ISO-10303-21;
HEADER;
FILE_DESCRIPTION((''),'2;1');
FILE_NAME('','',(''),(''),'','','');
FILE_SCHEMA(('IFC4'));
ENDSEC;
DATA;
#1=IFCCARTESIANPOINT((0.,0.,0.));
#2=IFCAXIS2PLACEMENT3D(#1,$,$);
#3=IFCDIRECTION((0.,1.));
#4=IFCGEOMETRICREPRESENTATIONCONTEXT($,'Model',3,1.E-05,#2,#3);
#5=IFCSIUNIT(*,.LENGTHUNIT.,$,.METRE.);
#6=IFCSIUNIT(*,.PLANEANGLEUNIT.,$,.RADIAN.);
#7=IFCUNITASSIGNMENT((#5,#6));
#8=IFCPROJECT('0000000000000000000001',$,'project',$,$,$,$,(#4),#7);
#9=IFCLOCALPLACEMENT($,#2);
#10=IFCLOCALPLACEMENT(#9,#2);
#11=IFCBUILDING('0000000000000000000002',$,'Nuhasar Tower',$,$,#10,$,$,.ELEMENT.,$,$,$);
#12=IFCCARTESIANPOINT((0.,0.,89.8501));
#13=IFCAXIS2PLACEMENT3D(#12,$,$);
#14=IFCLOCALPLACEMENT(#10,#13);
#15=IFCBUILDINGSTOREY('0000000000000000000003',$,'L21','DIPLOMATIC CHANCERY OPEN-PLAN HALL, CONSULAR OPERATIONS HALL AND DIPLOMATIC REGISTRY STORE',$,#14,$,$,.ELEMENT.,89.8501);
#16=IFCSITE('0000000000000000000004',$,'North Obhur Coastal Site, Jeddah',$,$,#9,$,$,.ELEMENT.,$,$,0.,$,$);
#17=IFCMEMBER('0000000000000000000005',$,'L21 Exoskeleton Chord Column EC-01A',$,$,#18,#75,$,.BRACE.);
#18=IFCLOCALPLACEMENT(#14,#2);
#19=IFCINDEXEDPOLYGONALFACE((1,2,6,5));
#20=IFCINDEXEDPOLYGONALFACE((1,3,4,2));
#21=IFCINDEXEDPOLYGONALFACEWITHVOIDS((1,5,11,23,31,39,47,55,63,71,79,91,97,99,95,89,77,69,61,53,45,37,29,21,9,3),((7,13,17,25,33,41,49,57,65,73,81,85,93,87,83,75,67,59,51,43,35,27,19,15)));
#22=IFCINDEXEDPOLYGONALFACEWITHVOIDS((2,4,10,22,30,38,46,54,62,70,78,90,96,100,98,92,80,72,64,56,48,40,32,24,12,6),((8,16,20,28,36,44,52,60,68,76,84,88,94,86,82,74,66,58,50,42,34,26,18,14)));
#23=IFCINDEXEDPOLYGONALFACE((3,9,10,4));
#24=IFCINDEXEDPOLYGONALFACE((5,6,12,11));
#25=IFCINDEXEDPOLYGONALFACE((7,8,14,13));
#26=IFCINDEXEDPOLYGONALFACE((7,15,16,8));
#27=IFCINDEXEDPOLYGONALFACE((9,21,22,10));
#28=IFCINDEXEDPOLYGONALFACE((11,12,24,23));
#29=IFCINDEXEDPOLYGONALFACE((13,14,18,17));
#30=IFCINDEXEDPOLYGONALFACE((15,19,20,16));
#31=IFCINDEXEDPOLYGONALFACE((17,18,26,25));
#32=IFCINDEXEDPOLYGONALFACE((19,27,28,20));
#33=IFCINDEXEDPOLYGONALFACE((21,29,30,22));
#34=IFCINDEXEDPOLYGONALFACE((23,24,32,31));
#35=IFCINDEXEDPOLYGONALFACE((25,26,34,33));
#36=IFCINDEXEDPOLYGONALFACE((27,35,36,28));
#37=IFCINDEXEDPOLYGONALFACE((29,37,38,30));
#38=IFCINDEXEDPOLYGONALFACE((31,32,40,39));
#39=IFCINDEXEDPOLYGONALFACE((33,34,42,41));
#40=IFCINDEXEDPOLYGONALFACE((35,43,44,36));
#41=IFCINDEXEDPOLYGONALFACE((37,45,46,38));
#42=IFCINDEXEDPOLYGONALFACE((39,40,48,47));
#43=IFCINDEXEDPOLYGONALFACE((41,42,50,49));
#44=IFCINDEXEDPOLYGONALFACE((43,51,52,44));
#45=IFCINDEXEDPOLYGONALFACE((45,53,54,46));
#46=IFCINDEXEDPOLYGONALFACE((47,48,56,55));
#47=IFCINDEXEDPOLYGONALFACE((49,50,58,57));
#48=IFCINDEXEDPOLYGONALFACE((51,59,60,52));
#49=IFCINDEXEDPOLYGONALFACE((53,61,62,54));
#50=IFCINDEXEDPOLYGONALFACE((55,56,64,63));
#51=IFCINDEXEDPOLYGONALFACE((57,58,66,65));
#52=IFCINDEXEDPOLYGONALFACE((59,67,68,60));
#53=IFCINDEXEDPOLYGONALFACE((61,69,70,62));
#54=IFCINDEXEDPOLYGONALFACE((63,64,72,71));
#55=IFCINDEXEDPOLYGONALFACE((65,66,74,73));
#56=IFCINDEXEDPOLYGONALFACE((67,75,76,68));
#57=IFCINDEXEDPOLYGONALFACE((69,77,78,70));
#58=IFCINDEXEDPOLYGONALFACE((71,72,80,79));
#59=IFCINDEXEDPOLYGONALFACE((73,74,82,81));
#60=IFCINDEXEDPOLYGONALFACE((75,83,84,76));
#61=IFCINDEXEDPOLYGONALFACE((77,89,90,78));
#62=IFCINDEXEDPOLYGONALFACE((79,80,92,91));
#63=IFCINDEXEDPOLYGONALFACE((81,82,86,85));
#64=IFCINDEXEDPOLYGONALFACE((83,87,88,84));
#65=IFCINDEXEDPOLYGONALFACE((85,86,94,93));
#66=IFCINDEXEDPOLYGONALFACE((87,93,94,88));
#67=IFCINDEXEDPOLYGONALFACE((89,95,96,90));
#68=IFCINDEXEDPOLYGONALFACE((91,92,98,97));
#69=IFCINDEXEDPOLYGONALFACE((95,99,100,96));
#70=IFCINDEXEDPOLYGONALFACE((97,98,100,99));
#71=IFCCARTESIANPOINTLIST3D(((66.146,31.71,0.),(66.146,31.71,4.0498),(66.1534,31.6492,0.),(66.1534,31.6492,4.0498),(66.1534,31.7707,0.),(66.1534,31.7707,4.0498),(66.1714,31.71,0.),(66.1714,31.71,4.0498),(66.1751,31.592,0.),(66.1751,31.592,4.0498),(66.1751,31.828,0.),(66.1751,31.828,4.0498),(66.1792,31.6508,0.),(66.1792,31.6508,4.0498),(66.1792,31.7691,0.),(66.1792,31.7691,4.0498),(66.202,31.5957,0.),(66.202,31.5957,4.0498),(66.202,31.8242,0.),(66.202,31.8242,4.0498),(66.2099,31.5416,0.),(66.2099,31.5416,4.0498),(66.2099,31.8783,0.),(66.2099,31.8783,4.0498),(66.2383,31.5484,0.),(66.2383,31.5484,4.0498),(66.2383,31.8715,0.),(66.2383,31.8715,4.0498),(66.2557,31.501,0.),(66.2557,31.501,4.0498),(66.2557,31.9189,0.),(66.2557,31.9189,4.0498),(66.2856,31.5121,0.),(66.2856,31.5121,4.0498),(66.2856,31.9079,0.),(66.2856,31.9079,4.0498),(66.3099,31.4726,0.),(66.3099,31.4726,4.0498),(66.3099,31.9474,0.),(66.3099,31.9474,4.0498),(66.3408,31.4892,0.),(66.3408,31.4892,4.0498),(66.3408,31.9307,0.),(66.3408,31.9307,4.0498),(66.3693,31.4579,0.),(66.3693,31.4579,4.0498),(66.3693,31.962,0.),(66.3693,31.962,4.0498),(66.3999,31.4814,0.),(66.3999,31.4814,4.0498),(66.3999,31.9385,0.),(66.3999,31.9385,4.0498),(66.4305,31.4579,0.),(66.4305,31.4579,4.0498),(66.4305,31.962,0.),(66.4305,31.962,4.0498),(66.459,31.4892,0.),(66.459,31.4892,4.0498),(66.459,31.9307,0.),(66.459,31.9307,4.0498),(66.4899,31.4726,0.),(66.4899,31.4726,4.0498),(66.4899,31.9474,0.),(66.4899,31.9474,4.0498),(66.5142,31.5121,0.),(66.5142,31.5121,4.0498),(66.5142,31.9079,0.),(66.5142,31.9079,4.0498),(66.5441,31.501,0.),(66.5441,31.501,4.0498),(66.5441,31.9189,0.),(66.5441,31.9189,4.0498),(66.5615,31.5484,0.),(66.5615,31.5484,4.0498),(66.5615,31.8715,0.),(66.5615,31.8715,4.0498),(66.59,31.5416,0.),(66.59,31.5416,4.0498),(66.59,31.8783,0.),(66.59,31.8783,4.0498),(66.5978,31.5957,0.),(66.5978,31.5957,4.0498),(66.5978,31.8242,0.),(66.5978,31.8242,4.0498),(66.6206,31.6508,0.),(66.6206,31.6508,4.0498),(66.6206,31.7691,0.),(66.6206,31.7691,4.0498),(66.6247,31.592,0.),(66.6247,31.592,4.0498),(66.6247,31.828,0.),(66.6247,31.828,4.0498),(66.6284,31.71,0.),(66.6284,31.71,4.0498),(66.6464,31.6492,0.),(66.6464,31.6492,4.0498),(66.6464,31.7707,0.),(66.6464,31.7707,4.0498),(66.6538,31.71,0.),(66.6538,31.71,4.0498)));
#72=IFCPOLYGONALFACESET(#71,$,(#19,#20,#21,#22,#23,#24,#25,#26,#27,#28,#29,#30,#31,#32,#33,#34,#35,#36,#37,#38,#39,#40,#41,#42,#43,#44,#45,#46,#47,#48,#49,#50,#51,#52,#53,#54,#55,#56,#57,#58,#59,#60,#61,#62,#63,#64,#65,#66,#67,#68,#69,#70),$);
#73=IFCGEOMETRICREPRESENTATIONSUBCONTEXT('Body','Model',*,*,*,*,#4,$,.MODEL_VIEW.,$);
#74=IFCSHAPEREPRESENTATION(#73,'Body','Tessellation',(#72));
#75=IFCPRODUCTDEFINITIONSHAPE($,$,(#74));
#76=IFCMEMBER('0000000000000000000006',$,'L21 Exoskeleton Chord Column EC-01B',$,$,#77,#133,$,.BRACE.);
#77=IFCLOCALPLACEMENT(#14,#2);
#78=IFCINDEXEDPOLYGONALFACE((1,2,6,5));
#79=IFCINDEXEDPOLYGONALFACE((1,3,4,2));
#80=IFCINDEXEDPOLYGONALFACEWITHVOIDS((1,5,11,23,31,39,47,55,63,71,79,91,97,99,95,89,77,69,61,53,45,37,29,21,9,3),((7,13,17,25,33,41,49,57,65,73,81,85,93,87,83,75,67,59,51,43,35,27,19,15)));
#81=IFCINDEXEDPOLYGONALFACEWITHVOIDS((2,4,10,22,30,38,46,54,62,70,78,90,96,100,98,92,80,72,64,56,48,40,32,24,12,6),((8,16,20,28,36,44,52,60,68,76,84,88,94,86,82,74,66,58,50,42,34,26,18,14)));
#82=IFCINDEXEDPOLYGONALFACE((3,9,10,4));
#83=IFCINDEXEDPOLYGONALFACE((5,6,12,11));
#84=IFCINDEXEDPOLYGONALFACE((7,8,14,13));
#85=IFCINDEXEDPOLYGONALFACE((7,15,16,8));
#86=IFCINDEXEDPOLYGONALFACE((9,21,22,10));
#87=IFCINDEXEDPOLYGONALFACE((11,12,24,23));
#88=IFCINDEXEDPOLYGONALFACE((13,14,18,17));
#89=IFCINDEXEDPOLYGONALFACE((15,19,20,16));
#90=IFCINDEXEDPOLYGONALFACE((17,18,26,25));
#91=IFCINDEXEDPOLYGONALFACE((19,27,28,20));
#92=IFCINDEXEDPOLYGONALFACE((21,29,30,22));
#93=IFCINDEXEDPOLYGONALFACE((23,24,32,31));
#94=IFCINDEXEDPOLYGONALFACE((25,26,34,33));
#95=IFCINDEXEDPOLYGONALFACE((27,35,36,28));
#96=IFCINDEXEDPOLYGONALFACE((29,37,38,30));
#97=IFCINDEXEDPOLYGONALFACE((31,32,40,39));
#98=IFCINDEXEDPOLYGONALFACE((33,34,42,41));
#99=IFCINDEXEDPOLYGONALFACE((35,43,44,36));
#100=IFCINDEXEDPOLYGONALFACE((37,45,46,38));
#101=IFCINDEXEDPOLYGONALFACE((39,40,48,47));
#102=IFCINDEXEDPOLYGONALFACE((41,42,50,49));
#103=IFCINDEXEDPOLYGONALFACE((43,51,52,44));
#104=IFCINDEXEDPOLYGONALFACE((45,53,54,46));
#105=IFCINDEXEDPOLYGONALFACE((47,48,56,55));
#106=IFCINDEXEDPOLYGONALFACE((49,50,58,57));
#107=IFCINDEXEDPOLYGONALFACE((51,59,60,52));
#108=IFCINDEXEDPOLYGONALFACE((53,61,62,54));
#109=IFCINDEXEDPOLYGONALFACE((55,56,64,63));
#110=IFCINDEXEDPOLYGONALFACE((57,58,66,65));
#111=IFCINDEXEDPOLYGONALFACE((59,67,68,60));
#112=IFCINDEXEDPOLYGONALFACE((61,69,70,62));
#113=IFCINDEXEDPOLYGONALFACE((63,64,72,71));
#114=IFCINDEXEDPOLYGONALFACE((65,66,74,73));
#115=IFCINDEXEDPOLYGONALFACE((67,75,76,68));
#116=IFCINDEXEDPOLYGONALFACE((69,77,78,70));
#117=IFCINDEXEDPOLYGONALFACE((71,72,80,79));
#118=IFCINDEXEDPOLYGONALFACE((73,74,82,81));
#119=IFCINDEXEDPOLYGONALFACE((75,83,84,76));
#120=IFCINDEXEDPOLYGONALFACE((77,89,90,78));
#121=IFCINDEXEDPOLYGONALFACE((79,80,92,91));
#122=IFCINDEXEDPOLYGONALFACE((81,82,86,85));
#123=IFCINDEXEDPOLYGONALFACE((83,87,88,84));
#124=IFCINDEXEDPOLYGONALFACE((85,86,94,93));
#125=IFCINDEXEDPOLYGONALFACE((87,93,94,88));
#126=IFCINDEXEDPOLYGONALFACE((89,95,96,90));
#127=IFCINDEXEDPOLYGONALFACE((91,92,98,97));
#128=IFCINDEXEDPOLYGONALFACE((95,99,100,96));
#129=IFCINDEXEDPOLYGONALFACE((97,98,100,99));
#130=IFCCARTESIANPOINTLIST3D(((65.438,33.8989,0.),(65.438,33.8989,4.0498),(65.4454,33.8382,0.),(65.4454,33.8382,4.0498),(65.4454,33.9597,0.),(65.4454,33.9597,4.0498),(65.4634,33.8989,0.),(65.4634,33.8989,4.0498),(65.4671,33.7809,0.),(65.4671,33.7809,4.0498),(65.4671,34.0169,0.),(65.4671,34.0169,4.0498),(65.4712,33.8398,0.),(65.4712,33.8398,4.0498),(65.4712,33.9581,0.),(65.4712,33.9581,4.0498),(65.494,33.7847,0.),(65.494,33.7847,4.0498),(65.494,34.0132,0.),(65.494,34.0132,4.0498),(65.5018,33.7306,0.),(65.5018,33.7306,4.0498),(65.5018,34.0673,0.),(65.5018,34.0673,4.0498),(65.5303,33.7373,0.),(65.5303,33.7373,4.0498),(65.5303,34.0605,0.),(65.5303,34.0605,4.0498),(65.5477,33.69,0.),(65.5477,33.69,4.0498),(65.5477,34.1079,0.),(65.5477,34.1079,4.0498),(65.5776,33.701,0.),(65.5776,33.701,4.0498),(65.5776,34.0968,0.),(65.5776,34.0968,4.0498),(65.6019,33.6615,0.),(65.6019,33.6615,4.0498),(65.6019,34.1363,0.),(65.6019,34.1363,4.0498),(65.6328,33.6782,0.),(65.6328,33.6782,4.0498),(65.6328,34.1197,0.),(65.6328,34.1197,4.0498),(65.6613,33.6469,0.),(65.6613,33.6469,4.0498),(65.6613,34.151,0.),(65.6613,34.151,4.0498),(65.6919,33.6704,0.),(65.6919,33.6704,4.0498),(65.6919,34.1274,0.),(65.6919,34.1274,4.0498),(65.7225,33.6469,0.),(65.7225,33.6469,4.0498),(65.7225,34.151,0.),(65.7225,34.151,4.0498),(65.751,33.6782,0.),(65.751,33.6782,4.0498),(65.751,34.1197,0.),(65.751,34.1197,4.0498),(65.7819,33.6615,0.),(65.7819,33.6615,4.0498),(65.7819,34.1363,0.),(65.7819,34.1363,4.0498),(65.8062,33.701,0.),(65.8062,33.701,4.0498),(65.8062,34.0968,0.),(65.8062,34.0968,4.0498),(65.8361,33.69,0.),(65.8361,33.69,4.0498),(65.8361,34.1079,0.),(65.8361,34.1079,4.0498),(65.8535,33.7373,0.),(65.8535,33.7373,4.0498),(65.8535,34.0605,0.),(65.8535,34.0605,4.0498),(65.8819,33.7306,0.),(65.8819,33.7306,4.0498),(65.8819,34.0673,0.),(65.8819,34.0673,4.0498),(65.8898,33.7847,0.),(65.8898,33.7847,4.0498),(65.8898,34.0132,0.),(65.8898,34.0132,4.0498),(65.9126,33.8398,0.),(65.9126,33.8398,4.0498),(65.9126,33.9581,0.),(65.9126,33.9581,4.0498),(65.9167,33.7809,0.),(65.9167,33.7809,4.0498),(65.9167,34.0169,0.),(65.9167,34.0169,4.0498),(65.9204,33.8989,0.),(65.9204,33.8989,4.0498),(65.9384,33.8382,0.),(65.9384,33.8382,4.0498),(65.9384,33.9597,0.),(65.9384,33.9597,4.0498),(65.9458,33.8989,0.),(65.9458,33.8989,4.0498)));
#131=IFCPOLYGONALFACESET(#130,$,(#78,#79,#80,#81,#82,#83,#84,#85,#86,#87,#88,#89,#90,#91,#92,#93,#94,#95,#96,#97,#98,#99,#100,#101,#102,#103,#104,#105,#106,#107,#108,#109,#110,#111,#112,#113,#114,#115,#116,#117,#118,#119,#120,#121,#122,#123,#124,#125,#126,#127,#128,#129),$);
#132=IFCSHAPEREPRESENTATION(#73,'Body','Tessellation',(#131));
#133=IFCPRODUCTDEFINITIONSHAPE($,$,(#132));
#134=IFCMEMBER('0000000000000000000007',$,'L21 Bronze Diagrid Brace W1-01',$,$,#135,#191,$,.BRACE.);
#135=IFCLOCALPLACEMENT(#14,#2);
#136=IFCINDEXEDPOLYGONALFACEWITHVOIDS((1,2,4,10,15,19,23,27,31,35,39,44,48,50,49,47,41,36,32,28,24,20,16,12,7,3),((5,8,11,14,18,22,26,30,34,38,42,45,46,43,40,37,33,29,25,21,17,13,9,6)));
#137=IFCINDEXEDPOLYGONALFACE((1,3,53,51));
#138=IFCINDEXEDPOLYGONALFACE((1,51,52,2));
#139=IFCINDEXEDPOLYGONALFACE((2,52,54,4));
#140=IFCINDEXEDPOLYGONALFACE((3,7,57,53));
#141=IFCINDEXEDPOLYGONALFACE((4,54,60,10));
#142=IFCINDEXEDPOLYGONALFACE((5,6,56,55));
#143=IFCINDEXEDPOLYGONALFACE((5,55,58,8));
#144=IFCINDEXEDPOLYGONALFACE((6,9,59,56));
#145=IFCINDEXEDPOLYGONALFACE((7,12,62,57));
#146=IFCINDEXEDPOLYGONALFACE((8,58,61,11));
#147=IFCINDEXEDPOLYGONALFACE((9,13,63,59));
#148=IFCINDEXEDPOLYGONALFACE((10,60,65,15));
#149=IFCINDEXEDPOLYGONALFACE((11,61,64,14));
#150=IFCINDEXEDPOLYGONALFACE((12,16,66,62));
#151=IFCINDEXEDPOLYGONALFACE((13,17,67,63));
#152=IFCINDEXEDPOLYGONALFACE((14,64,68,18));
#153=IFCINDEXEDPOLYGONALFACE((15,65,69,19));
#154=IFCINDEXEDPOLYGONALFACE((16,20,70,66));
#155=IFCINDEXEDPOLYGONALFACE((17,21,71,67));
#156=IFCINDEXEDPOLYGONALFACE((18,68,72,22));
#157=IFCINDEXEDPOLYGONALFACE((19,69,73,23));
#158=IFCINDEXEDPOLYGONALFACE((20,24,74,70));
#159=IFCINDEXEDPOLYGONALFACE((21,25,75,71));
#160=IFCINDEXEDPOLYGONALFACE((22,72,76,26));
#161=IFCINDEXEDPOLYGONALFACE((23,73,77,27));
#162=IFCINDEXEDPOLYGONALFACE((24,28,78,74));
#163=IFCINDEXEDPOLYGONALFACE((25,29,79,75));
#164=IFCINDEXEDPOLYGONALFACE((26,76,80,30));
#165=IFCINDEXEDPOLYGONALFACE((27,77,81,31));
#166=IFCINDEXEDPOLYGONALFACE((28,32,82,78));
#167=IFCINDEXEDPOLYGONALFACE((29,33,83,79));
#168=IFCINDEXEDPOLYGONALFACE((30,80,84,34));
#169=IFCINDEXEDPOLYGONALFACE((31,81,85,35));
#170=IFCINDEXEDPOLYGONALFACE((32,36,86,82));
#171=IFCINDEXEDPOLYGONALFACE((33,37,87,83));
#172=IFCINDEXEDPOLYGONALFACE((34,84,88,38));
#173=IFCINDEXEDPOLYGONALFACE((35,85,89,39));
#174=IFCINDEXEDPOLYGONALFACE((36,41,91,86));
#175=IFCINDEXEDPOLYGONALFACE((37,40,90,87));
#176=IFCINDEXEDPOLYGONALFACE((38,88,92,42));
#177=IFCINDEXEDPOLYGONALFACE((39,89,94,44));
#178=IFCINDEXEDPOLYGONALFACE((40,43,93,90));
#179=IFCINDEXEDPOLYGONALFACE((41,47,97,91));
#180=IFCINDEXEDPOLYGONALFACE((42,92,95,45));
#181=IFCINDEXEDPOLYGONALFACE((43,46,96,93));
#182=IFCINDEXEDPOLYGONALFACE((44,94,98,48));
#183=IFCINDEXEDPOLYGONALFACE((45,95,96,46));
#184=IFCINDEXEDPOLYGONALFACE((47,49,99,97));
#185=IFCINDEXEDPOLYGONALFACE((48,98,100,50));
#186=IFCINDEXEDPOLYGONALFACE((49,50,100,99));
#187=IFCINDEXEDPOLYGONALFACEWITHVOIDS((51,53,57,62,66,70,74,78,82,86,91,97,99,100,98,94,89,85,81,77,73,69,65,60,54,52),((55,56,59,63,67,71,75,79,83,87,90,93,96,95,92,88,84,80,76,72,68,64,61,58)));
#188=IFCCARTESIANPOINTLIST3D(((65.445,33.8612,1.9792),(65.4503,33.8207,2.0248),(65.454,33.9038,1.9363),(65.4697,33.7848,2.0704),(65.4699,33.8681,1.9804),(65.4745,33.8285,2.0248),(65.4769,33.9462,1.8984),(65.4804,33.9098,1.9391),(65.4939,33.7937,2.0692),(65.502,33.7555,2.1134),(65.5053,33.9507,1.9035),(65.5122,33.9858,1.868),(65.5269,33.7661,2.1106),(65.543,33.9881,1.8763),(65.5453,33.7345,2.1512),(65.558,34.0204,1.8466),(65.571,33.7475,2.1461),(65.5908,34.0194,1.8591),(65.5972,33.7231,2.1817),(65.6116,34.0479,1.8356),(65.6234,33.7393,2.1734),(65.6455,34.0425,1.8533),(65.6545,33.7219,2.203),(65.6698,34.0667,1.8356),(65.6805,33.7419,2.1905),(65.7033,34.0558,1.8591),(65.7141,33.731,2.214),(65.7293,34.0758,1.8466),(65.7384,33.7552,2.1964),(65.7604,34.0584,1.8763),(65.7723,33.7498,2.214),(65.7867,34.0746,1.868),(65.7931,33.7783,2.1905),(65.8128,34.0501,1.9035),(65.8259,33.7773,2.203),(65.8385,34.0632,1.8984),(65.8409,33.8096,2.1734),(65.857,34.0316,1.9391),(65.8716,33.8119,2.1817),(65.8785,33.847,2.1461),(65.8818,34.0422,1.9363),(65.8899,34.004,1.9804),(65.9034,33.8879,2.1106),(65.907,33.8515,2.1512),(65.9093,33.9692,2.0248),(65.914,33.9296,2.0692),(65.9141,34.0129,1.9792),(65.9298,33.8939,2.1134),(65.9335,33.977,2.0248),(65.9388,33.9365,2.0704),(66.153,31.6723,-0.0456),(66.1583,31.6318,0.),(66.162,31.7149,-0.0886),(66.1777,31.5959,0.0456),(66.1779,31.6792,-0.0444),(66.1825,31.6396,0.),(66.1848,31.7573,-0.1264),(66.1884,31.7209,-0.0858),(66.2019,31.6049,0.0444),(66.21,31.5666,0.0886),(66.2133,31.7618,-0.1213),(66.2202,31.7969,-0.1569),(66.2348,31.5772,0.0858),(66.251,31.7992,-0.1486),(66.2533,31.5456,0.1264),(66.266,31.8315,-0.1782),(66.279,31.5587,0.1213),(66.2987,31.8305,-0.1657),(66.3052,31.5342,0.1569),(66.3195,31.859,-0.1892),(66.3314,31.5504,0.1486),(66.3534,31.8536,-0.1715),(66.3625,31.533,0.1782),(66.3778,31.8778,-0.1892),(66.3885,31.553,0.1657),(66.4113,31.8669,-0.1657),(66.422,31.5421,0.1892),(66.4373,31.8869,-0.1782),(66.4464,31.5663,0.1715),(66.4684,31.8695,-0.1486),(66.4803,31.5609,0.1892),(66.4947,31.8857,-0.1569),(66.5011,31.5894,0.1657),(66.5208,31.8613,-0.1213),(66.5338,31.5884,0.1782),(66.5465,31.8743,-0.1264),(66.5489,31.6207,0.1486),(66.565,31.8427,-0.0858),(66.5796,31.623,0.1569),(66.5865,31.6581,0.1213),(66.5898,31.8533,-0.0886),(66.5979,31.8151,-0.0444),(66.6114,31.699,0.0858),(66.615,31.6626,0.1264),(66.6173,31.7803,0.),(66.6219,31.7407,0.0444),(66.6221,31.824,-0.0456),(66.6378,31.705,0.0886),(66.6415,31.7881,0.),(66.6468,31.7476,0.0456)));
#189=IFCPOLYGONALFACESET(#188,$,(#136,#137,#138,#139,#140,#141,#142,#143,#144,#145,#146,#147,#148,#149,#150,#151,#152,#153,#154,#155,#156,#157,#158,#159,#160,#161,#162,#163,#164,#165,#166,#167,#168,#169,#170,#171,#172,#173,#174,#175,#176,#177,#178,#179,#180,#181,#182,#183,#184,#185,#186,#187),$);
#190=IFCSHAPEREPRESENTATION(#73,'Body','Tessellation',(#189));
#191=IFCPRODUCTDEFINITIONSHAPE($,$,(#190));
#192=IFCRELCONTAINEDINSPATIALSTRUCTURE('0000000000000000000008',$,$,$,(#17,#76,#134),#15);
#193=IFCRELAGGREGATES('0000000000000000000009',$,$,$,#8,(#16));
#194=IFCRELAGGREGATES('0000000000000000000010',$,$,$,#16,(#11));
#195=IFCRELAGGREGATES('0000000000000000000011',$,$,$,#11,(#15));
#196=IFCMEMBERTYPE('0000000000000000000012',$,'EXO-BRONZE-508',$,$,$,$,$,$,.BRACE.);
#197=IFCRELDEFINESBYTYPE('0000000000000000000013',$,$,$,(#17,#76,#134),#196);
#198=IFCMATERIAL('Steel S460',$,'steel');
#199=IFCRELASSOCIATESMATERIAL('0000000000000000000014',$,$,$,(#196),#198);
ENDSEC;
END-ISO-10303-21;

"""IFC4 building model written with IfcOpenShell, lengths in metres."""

from ifc_helpers import new_model, si_unit, direction, frame, origin, origin_2d, place, context, subcontext, project, spatial, hollow_circle, extrude, material, material_profile, profile_set, type_object, element, save


model = new_model("IFC4")

# Units and contexts
model_context = context("Model", 3, precision=1e-05, world=origin(), true_north=direction((0.0, 1.0)))
body_context = subcontext(model_context, "Body", "Model", "MODEL_VIEW")
ifc_project = project(units=[si_unit("LENGTHUNIT", "METRE"), si_unit("PLANEANGLEUNIT", "RADIAN")], contexts=[model_context])

# Site, building, storey
site_placement = place(None, origin())
site = spatial("IfcSite", under=ifc_project, at=site_placement, Name="North Obhur Coastal Site, Jeddah", CompositionType="ELEMENT", RefElevation=0.0)
building_placement = place(site_placement, origin())
building = spatial("IfcBuilding", under=site, at=building_placement, Name="Nuhasar Tower", CompositionType="ELEMENT")
storey_placement = place(building_placement, frame((0.0, 0.0, 89.8501)))
storey = spatial("IfcBuildingStorey", under=building, at=storey_placement, Name="L21", Description="DIPLOMATIC CHANCERY OPEN-PLAN HALL, CONSULAR OPERATIONS HALL AND DIPLOMATIC REGISTRY STORE", CompositionType="ELEMENT", Elevation=89.8501)

# Members
ifc_material_1 = material(Name="Steel S460", Category="steel")
ifc_material_profile_1 = material_profile(ifc_material_1, hollow_circle(Radius=0.2539, WallThickness=0.0254, at=origin_2d()), Name="HSS508X25.4")
ifc_profile_set_1 = profile_set([ifc_material_profile_1], Name="Steel S460")
member_type_1 = type_object("IfcMemberType", Name="EXO-BRONZE-508", PredefinedType="BRACE", material=ifc_profile_set_1)
for number, where, z_axis, x_axis, name in (
    (1, (66.3999, 31.71, 0.0), (0.0, 0.0, 1.0), (1.0, 0.0, 0.0), "L21 Exoskeleton Chord Column EC-01A"),
    (2, (65.6919, 33.8989, 0.0), (0.0, 0.0, 1.0), (1.0, 0.0, 0.0), "L21 Exoskeleton Chord Column EC-01B"),
):
    element("IfcMember", number, at=place(storey_placement, frame(where, z_axis=z_axis, x_axis=x_axis)), inside=storey, type_object=member_type_1, Name=name, PredefinedType="BRACE", context=body_context, shape_type="SweptSolid", body=[
        extrude(hollow_circle(Radius=0.2539, WallThickness=0.0254, at=origin_2d()), origin(), (0.0, 0.0, 1.0), 4.0498),
    ])
for number, where, z_axis, x_axis, name in (
    (3, (66.3999, 31.71, 0.0), (-0.231012, 0.714225, 0.660694), (-0.951468, -0.307747, 0.0), "L21 Bronze Diagrid Brace W1-01"),
):
    element("IfcMember", number, at=place(storey_placement, frame(where, z_axis=z_axis, x_axis=x_axis)), inside=storey, type_object=member_type_1, Name=name, PredefinedType="BRACE", context=body_context, shape_type="SweptSolid", body=[
        extrude(hollow_circle(Radius=0.2539, WallThickness=0.0254, at=origin_2d()), origin(), (0.0, 0.0, 1.0), 3.0647),
    ])

save(model, "model.ifc")
